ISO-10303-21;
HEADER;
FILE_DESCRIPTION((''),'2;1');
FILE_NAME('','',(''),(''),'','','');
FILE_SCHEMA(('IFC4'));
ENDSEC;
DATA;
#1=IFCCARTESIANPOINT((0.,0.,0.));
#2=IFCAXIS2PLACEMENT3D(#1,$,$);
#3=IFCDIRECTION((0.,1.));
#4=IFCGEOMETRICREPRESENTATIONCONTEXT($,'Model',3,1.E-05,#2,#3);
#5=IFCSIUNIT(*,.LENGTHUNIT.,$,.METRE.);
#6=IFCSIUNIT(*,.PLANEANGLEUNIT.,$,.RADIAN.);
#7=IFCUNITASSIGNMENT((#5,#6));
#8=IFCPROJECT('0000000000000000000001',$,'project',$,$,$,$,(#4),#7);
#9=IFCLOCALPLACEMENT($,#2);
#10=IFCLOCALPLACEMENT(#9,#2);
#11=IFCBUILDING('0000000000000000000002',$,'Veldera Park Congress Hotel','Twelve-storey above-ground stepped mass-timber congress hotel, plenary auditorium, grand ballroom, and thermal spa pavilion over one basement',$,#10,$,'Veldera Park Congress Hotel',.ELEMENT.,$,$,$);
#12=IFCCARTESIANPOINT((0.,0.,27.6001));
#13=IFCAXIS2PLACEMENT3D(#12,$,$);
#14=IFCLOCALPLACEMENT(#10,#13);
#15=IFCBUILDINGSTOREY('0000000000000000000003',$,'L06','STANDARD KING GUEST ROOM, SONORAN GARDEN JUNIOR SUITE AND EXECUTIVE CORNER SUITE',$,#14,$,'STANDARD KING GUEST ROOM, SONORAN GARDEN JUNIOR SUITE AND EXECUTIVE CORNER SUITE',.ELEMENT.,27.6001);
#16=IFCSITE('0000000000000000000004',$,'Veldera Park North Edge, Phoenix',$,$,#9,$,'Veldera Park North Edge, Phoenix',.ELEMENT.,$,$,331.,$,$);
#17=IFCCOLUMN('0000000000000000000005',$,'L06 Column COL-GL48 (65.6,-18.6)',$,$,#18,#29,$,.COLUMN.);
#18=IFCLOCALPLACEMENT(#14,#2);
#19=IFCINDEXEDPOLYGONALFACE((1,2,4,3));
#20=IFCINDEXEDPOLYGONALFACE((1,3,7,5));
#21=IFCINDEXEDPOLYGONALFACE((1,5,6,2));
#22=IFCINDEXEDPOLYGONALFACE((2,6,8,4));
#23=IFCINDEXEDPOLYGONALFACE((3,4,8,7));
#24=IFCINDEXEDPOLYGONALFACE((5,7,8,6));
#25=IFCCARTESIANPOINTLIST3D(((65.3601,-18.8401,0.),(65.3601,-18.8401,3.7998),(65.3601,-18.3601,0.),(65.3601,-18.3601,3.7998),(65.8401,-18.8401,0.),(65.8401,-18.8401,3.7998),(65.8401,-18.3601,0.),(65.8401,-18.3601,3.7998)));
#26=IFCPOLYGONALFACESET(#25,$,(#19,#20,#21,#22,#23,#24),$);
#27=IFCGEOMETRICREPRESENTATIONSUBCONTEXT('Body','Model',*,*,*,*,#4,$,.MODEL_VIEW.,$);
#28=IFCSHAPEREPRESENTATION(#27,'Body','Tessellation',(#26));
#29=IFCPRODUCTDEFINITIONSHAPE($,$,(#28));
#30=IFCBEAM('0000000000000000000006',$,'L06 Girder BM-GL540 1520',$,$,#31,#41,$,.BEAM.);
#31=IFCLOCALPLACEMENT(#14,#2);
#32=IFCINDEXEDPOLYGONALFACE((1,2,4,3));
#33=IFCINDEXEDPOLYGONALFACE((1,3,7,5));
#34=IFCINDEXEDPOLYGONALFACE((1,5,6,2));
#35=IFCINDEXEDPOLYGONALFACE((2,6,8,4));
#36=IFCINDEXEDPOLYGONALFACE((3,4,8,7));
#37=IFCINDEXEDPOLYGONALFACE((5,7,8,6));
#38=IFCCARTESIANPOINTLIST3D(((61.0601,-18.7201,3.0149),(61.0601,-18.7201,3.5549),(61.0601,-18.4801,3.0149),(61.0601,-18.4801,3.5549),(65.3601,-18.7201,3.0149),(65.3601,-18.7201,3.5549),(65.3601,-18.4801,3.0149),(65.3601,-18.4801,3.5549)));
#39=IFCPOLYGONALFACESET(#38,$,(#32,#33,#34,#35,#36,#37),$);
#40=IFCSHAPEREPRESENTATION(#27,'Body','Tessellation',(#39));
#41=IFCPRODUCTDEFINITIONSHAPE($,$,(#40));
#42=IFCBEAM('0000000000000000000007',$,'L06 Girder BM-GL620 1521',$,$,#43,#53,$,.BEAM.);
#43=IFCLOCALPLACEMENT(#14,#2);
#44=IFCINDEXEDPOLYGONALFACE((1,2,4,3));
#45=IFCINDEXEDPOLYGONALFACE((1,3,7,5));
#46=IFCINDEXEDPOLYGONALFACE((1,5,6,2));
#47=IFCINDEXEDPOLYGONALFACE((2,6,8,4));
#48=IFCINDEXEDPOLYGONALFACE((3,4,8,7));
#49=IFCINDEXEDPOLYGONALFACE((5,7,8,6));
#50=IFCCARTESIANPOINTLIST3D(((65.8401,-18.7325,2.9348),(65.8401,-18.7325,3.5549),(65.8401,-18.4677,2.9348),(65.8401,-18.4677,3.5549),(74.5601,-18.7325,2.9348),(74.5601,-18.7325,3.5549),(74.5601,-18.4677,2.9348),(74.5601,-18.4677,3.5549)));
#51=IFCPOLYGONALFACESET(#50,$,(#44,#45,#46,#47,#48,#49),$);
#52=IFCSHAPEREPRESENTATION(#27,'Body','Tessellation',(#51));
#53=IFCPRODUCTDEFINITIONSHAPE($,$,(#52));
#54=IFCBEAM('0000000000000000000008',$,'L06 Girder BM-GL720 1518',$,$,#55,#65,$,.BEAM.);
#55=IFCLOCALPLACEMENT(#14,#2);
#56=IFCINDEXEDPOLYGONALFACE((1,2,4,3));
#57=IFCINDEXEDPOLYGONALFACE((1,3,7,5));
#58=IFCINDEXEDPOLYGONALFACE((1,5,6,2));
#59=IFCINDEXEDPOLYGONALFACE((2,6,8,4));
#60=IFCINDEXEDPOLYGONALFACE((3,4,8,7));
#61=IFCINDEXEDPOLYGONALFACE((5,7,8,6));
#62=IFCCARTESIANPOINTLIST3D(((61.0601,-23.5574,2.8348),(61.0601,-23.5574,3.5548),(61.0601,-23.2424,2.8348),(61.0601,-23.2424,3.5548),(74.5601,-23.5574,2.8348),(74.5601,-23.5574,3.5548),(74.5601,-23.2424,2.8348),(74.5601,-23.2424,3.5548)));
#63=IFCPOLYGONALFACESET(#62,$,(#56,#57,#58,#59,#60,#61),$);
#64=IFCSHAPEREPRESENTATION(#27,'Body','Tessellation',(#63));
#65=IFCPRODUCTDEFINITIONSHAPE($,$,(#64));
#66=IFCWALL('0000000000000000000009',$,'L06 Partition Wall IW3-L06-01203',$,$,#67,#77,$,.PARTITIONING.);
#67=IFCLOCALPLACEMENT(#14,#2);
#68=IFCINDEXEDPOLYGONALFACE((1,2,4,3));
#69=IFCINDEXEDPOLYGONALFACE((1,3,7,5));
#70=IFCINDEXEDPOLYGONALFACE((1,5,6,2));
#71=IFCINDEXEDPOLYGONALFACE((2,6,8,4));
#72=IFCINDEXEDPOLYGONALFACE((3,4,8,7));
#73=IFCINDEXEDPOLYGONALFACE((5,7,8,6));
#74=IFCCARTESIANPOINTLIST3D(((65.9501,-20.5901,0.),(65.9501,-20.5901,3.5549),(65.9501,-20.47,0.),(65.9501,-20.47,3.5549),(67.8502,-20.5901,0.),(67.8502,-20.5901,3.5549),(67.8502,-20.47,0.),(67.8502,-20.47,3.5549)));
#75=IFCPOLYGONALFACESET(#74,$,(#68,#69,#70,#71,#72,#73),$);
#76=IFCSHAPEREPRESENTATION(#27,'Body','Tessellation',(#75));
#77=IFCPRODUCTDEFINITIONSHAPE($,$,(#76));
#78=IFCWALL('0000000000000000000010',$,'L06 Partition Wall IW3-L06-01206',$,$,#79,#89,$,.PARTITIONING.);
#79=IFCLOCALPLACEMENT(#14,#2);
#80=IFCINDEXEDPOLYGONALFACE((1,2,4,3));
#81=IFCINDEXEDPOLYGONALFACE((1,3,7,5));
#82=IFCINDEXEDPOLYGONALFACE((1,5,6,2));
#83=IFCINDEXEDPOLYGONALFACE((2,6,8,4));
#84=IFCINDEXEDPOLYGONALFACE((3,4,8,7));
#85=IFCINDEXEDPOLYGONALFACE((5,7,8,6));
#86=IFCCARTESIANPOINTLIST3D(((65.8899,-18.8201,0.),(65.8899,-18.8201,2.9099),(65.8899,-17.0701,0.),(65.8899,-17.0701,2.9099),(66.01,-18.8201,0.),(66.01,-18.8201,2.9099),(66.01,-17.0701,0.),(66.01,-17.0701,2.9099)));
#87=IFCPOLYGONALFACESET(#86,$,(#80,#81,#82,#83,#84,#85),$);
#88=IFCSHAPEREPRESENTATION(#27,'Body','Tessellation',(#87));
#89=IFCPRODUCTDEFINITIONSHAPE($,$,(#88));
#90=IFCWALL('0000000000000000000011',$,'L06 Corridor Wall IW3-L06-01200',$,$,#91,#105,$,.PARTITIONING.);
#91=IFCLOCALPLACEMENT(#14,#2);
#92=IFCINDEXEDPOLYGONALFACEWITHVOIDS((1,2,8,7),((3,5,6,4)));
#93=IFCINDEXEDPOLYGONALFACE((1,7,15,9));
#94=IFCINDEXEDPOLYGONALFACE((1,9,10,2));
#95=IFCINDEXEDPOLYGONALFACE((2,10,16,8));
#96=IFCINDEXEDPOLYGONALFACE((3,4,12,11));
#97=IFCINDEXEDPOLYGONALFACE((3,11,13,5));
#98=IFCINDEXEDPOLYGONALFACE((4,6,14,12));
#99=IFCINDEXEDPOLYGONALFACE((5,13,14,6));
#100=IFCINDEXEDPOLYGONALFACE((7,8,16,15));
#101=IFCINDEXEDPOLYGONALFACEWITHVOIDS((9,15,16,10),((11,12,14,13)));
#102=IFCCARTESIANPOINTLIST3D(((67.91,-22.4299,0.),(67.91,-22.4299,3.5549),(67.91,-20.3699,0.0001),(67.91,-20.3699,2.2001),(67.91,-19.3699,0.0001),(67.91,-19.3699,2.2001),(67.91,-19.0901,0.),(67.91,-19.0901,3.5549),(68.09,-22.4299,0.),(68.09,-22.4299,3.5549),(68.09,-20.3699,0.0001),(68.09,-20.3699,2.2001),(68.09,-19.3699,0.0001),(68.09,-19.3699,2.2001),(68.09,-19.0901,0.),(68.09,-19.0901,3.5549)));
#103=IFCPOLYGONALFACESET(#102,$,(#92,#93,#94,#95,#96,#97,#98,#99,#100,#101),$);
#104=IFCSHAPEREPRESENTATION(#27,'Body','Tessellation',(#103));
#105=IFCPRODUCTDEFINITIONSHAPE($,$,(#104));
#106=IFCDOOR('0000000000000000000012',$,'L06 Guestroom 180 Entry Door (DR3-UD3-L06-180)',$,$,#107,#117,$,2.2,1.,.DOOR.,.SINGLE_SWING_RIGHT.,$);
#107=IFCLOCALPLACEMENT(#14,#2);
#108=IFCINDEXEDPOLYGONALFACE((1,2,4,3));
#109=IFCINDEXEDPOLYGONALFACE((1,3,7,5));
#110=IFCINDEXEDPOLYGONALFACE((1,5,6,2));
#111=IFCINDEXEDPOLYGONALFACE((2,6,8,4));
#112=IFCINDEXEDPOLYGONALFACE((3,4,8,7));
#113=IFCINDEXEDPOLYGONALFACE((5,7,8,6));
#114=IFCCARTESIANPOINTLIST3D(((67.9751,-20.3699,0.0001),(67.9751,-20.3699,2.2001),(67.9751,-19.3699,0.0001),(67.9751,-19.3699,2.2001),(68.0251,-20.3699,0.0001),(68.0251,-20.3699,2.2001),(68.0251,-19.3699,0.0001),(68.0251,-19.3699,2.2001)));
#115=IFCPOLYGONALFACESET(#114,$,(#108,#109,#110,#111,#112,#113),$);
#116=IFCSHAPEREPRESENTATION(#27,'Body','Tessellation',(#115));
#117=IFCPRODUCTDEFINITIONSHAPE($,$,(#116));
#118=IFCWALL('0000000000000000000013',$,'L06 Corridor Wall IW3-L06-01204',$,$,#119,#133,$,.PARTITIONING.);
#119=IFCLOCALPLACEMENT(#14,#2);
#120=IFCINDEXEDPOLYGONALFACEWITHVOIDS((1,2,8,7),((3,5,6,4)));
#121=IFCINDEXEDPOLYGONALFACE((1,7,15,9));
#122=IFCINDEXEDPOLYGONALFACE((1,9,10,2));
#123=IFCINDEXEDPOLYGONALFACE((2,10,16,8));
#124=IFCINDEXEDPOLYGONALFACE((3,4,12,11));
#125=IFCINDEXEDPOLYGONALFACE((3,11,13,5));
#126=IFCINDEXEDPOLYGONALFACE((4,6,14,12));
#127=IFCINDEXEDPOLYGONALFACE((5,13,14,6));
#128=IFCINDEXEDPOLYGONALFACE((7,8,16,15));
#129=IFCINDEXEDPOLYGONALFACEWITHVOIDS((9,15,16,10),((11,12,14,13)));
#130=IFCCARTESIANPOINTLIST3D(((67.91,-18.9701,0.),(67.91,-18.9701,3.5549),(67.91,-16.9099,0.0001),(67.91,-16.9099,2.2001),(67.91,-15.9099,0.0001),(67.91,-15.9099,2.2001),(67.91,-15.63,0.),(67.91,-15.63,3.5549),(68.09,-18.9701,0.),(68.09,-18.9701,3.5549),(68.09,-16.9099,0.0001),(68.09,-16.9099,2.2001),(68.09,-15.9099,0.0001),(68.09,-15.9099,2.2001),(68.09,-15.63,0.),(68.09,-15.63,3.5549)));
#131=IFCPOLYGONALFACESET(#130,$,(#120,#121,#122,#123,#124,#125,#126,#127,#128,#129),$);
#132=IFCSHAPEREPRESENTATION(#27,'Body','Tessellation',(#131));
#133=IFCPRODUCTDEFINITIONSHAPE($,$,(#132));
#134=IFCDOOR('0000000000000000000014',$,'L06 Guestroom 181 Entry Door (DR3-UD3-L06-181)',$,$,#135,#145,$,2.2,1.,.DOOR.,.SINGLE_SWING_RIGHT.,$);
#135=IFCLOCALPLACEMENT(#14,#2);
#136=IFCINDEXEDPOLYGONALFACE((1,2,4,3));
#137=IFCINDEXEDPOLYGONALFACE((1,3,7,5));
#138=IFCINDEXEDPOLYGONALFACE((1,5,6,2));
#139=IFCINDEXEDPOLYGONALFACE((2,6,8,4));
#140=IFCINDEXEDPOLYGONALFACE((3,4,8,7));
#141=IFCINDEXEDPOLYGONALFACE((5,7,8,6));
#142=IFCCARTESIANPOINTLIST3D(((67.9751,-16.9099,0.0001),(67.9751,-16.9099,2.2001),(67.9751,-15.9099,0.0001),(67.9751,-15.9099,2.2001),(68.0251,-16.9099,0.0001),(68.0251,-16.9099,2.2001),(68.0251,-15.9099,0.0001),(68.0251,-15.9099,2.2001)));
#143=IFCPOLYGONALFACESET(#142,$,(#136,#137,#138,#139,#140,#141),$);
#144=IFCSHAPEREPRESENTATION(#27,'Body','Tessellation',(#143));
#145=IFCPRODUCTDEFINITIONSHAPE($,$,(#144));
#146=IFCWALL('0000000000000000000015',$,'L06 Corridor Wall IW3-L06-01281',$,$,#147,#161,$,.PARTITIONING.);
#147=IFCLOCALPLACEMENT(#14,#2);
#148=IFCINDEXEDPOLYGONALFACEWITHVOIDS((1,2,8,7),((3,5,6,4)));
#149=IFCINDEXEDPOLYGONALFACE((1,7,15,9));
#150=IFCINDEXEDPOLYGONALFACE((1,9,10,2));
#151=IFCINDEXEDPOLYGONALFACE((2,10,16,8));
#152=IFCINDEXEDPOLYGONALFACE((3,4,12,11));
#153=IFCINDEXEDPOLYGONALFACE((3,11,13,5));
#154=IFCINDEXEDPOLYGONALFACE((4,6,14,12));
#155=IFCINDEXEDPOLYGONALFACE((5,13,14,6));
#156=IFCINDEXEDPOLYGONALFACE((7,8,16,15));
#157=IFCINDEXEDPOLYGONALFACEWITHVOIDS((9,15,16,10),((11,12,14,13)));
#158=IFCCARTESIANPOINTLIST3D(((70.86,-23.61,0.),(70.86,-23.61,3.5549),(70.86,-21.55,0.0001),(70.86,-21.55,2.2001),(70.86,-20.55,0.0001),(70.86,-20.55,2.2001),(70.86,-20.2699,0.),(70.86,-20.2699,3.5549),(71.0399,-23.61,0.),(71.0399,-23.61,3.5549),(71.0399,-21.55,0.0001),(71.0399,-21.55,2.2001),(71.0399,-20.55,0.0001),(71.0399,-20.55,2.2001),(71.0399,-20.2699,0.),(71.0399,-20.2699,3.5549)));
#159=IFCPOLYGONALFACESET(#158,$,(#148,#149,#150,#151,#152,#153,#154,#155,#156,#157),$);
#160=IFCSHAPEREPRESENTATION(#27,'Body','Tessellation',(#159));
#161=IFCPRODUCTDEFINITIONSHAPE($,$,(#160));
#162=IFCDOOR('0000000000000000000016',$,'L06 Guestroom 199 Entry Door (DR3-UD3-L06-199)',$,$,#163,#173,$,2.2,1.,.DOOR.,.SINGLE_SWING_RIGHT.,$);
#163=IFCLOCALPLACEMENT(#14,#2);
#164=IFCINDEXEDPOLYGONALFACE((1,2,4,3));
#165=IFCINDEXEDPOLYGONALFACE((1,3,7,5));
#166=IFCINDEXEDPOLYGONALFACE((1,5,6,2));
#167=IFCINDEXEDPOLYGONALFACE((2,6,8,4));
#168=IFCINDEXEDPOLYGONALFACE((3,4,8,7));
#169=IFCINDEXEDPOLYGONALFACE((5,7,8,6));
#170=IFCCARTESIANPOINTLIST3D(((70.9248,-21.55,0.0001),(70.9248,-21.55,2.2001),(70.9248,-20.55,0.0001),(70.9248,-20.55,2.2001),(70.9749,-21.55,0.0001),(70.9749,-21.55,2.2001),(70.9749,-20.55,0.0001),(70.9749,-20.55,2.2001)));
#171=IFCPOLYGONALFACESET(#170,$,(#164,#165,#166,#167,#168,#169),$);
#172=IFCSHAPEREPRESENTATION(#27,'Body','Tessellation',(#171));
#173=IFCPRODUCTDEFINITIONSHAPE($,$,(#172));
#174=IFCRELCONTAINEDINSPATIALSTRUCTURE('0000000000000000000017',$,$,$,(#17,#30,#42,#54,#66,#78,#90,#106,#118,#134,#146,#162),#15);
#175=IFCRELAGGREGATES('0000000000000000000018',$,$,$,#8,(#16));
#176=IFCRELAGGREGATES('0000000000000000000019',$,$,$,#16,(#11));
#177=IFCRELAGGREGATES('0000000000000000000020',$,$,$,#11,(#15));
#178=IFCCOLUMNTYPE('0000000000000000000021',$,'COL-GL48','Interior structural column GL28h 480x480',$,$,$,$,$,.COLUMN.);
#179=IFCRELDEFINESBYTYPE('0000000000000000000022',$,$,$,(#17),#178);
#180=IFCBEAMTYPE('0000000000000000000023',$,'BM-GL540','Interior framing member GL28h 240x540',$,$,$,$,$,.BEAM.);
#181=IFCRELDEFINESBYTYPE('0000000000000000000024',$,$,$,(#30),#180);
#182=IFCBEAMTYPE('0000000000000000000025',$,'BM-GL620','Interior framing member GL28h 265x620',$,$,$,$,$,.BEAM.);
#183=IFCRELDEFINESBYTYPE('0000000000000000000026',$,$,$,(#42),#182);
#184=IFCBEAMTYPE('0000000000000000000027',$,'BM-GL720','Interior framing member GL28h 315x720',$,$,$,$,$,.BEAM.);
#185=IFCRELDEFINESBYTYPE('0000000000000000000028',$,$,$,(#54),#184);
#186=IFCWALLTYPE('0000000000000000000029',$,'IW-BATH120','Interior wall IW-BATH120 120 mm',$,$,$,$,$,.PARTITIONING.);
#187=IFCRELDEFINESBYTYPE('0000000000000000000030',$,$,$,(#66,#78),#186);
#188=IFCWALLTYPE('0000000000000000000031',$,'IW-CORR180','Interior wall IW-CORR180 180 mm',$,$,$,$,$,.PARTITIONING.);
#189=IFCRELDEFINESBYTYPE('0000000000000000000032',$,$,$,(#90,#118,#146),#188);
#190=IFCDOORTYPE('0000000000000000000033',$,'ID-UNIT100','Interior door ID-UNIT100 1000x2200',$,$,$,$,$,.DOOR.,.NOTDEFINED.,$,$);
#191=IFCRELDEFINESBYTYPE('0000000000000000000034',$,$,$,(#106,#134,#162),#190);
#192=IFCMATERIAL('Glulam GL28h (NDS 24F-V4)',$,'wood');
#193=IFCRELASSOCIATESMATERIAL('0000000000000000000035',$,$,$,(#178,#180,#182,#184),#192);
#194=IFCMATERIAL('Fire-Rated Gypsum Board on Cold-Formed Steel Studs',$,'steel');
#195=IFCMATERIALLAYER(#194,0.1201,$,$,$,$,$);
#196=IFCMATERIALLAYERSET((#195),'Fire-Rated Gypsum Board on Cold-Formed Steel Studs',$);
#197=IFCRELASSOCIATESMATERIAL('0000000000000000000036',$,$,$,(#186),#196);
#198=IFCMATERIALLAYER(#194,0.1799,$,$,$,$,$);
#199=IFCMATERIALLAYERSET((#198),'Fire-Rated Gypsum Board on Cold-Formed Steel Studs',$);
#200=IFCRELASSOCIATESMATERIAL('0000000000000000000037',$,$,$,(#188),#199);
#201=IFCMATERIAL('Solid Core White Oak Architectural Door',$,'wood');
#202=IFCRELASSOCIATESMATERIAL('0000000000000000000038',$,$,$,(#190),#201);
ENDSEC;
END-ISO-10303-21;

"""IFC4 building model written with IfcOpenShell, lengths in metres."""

from ifc_helpers import new_model, si_unit, direction, frame, frame_2d, origin, origin_2d, place, context, subcontext, project, spatial, rectangle, extrude, material, layer, layer_set, material_profile, profile_set, type_object, element, fill, save


model = new_model("IFC4")

# Units and contexts
model_context = context("Model", 3, precision=1e-05, world=origin(), true_north=direction((0.0, 1.0)))
body_context = subcontext(model_context, "Body", "Model", "MODEL_VIEW")
ifc_project = project(units=[si_unit("LENGTHUNIT", "METRE"), si_unit("PLANEANGLEUNIT", "RADIAN")], contexts=[model_context])

# Site, building, storey
site_placement = place(None, origin())
site = spatial("IfcSite", under=ifc_project, at=site_placement, Name="Veldera Park North Edge, Phoenix", LongName="Veldera Park North Edge, Phoenix", CompositionType="ELEMENT", RefElevation=331.0)
building_placement = place(site_placement, origin())
building = spatial("IfcBuilding", under=site, at=building_placement, Name="Veldera Park Congress Hotel", Description="Twelve-storey above-ground stepped mass-timber congress hotel, plenary auditorium, grand ballroom, and thermal spa pavilion over one basement", LongName="Veldera Park Congress Hotel", CompositionType="ELEMENT")
storey_placement = place(building_placement, frame((0.0, 0.0, 27.6001)))
storey = spatial("IfcBuildingStorey", under=building, at=storey_placement, Name="L06", Description="STANDARD KING GUEST ROOM, SONORAN GARDEN JUNIOR SUITE AND EXECUTIVE CORNER SUITE", LongName="STANDARD KING GUEST ROOM, SONORAN GARDEN JUNIOR SUITE AND EXECUTIVE CORNER SUITE", CompositionType="ELEMENT", Elevation=27.6001)

# Column
ifc_material_1 = material(Name="Glulam GL28h (NDS 24F-V4)", Category="wood")
ifc_material_profile_1 = material_profile(ifc_material_1, rectangle(XDim=0.48, YDim=0.48, at=origin_2d()), Name="GL28h 480x480")
ifc_profile_set_1 = profile_set([ifc_material_profile_1], Name="Glulam GL28h (NDS 24F-V4)")
column_type = type_object("IfcColumnType", Name="COL-GL48", Description="Interior structural column GL28h 480x480", PredefinedType="COLUMN", material=ifc_profile_set_1)
column_placement = place(storey_placement, frame((65.6001, -18.6001, 0.0), z_axis=(0.0, 0.0, 1.0), x_axis=(1.0, 0.0, 0.0)))
element("IfcColumn", 1, at=column_placement, inside=storey, type_object=column_type, Name="L06 Column COL-GL48 (65.6,-18.6)", PredefinedType="COLUMN", context=body_context, shape_type="SweptSolid", body=[
    extrude(rectangle(XDim=0.48, YDim=0.48, at=origin_2d()), origin(), (0.0, 0.0, 1.0), 3.7998),
])

# Beams
ifc_material_profile_2 = material_profile(ifc_material_1, rectangle(XDim=0.24, YDim=0.54, at=origin_2d()), Name="GL28h 240x540")
ifc_profile_set_2 = profile_set([ifc_material_profile_2], Name="Glulam GL28h (NDS 24F-V4)")
beam_type_1 = type_object("IfcBeamType", Name="BM-GL540", Description="Interior framing member GL28h 240x540", PredefinedType="BEAM", material=ifc_profile_set_2)
beam_1_placement = place(storey_placement, frame((61.0601, -18.6001, 3.2849), z_axis=(1.0, 0.0, 0.0), x_axis=(0.0, 1.0, 0.0)))
element("IfcBeam", 2, at=beam_1_placement, inside=storey, type_object=beam_type_1, Name="L06 Girder BM-GL540 1520", PredefinedType="BEAM", context=body_context, shape_type="SweptSolid", body=[
    extrude(rectangle(XDim=0.24, YDim=0.54, at=origin_2d()), origin(), (0.0, 0.0, 1.0), 4.3),
])
ifc_material_profile_3 = material_profile(ifc_material_1, rectangle(XDim=0.2649, YDim=0.6201, at=origin_2d()), Name="GL28h 265x620")
ifc_profile_set_3 = profile_set([ifc_material_profile_3], Name="Glulam GL28h (NDS 24F-V4)")
beam_type_2 = type_object("IfcBeamType", Name="BM-GL620", Description="Interior framing member GL28h 265x620", PredefinedType="BEAM", material=ifc_profile_set_3)
beam_2_placement = place(storey_placement, frame((65.8401, -18.6001, 3.2449), z_axis=(1.0, 0.0, 0.0), x_axis=(0.0, 1.0, 0.0)))
element("IfcBeam", 3, at=beam_2_placement, inside=storey, type_object=beam_type_2, Name="L06 Girder BM-GL620 1521", PredefinedType="BEAM", context=body_context, shape_type="SweptSolid", body=[
    extrude(rectangle(XDim=0.2649, YDim=0.6201, at=origin_2d()), origin(), (0.0, 0.0, 1.0), 8.72),
])
ifc_material_profile_4 = material_profile(ifc_material_1, rectangle(XDim=0.3149, YDim=0.72, at=origin_2d()), Name="GL28h 315x720")
ifc_profile_set_4 = profile_set([ifc_material_profile_4], Name="Glulam GL28h (NDS 24F-V4)")
beam_type_3 = type_object("IfcBeamType", Name="BM-GL720", Description="Interior framing member GL28h 315x720", PredefinedType="BEAM", material=ifc_profile_set_4)
beam_3_placement = place(storey_placement, frame((61.0601, -23.3999, 3.1948), z_axis=(1.0, 0.0, 0.0), x_axis=(0.0, 1.0, 0.0)))
element("IfcBeam", 4, at=beam_3_placement, inside=storey, type_object=beam_type_3, Name="L06 Girder BM-GL720 1518", PredefinedType="BEAM", context=body_context, shape_type="SweptSolid", body=[
    extrude(rectangle(XDim=0.3149, YDim=0.72, at=origin_2d()), origin(), (0.0, 0.0, 1.0), 13.5),
])

# Shared definitions
ifc_material_2 = material(Name="Fire-Rated Gypsum Board on Cold-Formed Steel Studs", Category="steel")
ifc_layer_1 = layer(ifc_material_2, 0.1201)
ifc_layer_set_1 = layer_set([ifc_layer_1], Name="Fire-Rated Gypsum Board on Cold-Formed Steel Studs")
wall_type_1 = type_object("IfcWallType", Name="IW-BATH120", Description="Interior wall IW-BATH120 120 mm", PredefinedType="PARTITIONING", material=ifc_layer_set_1)
ifc_material_3 = material(Name="Solid Core White Oak Architectural Door", Category="wood")

# Walls
wall_1_placement = place(storey_placement, frame((65.95, -20.53, 0.0), z_axis=(0.0, 0.0, 1.0), x_axis=(1.0, 0.0, 0.0)))
element("IfcWall", 5, at=wall_1_placement, inside=storey, type_object=wall_type_1, Name="L06 Partition Wall IW3-L06-01203", PredefinedType="PARTITIONING", context=body_context, shape_type="SweptSolid", body=[
    extrude(rectangle(XDim=1.9001, YDim=0.1201, at=frame_2d((0.9502, 0.0))), origin(), (0.0, 0.0, 1.0), 3.5549),
])
wall_2_placement = place(storey_placement, frame((65.95, -18.8201, 0.0), z_axis=(0.0, 0.0, 1.0), x_axis=(0.0, 1.0, 0.0)))
element("IfcWall", 6, at=wall_2_placement, inside=storey, type_object=wall_type_1, Name="L06 Partition Wall IW3-L06-01206", PredefinedType="PARTITIONING", context=body_context, shape_type="SweptSolid", body=[
    extrude(rectangle(XDim=1.75, YDim=0.1201, at=frame_2d((0.875, 0.0))), origin(), (0.0, 0.0, 1.0), 2.9099),
])

# Walls, openings, doors
ifc_layer_2 = layer(ifc_material_2, 0.1799)
ifc_layer_set_2 = layer_set([ifc_layer_2], Name="Fire-Rated Gypsum Board on Cold-Formed Steel Studs")
wall_type_2 = type_object("IfcWallType", Name="IW-CORR180", Description="Interior wall IW-CORR180 180 mm", PredefinedType="PARTITIONING", material=ifc_layer_set_2)
wall_3_placement = place(storey_placement, frame((68.0, -22.4299, 0.0), z_axis=(0.0, 0.0, 1.0), x_axis=(0.0, 1.0, 0.0)))
wall_3 = element("IfcWall", 7, at=wall_3_placement, inside=storey, type_object=wall_type_2, Name="L06 Corridor Wall IW3-L06-01200", PredefinedType="PARTITIONING", context=body_context, shape_type="SweptSolid", body=[
    extrude(rectangle(XDim=3.3398, YDim=0.1799, at=frame_2d((1.6699, 0.0))), origin(), (0.0, 0.0, 1.0), 3.5549),
])
opening_1_placement = place(wall_3_placement, frame((2.0601, 0.0, 0.0)))
opening_1 = element("IfcOpeningElement", 8, at=opening_1_placement, cuts=wall_3, PredefinedType="OPENING", context=body_context, shape_type="SweptSolid", body=[
    extrude(rectangle(XDim=1.0, YDim=2.2, at=frame_2d((0.5, 1.1001))), frame((0.0, 0.1021, 0.0), z_axis=(0.0, -1.0, 0.0), x_axis=(1.0, 0.0, 0.0)), (0.0, 0.0, 1.0), 0.2039),
])
door_type_1 = type_object("IfcDoorType", Name="ID-UNIT100", Description="Interior door ID-UNIT100 1000x2200", OperationType="NOTDEFINED", PredefinedType="DOOR", material=ifc_material_3)
door_1_placement = place(opening_1_placement, origin())
door_1 = element("IfcDoor", 9, at=door_1_placement, inside=storey, type_object=door_type_1, Name="L06 Guestroom 180 Entry Door (DR3-UD3-L06-180)", OperationType="SINGLE_SWING_RIGHT", OverallHeight=2.2, OverallWidth=1.0, PredefinedType="DOOR", context=body_context, shape_type="SweptSolid", body=[
    extrude(rectangle(XDim=1.0, YDim=2.2, at=frame_2d((0.5, 1.1001))), frame((0.0, 0.0249, 0.0), z_axis=(0.0, -1.0, 0.0), x_axis=(1.0, 0.0, 0.0)), (0.0, 0.0, 1.0), 0.05),
])
fill(opening_1, door_1)
wall_4_placement = place(storey_placement, frame((68.0, -18.97, 0.0), z_axis=(0.0, 0.0, 1.0), x_axis=(0.0, 1.0, 0.0)))
wall_4 = element("IfcWall", 10, at=wall_4_placement, inside=storey, type_object=wall_type_2, Name="L06 Corridor Wall IW3-L06-01204", PredefinedType="PARTITIONING", context=body_context, shape_type="SweptSolid", body=[
    extrude(rectangle(XDim=3.3401, YDim=0.1799, at=frame_2d((1.6699, 0.0))), origin(), (0.0, 0.0, 1.0), 3.5549),
])
opening_2_placement = place(wall_4_placement, frame((2.0601, 0.0, 0.0)))
opening_2 = element("IfcOpeningElement", 11, at=opening_2_placement, cuts=wall_4, PredefinedType="OPENING", context=body_context, shape_type="SweptSolid", body=[
    extrude(rectangle(XDim=1.0, YDim=2.2, at=frame_2d((0.5, 1.1001))), frame((0.0, 0.1021, 0.0), z_axis=(0.0, -1.0, 0.0), x_axis=(1.0, 0.0, 0.0)), (0.0, 0.0, 1.0), 0.2039),
])
door_2_placement = place(opening_2_placement, origin())
door_2 = element("IfcDoor", 12, at=door_2_placement, inside=storey, type_object=door_type_1, Name="L06 Guestroom 181 Entry Door (DR3-UD3-L06-181)", OperationType="SINGLE_SWING_RIGHT", OverallHeight=2.2, OverallWidth=1.0, PredefinedType="DOOR", context=body_context, shape_type="SweptSolid", body=[
    extrude(rectangle(XDim=1.0, YDim=2.2, at=frame_2d((0.5, 1.1001))), frame((0.0, 0.0249, 0.0), z_axis=(0.0, -1.0, 0.0), x_axis=(1.0, 0.0, 0.0)), (0.0, 0.0, 1.0), 0.05),
])
fill(opening_2, door_2)
wall_5_placement = place(storey_placement, frame((70.95, -20.27, 0.0), z_axis=(0.0, 0.0, 1.0), x_axis=(0.0, -1.0, 0.0)))
wall_5 = element("IfcWall", 13, at=wall_5_placement, inside=storey, type_object=wall_type_2, Name="L06 Corridor Wall IW3-L06-01281", PredefinedType="PARTITIONING", context=body_context, shape_type="SweptSolid", body=[
    extrude(rectangle(XDim=3.3401, YDim=0.1799, at=frame_2d((1.6699, 0.0))), origin(), (0.0, 0.0, 1.0), 3.5549),
])
opening_3_placement = place(wall_5_placement, frame((0.28, 0.0, 0.0)))
opening_3 = element("IfcOpeningElement", 14, at=opening_3_placement, cuts=wall_5, PredefinedType="OPENING", context=body_context, shape_type="SweptSolid", body=[
    extrude(rectangle(XDim=1.0, YDim=2.2, at=frame_2d((0.5, 1.1001))), frame((0.0, 0.1021, 0.0), z_axis=(0.0, -1.0, 0.0), x_axis=(1.0, 0.0, 0.0)), (0.0, 0.0, 1.0), 0.2039),
])
door_3_placement = place(opening_3_placement, origin())
door_3 = element("IfcDoor", 15, at=door_3_placement, inside=storey, type_object=door_type_1, Name="L06 Guestroom 199 Entry Door (DR3-UD3-L06-199)", OperationType="SINGLE_SWING_RIGHT", OverallHeight=2.2, OverallWidth=1.0, PredefinedType="DOOR", context=body_context, shape_type="SweptSolid", body=[
    extrude(rectangle(XDim=1.0, YDim=2.2, at=frame_2d((0.5, 1.1001))), frame((0.0, 0.0249, 0.0), z_axis=(0.0, -1.0, 0.0), x_axis=(1.0, 0.0, 0.0)), (0.0, 0.0, 1.0), 0.05),
])
fill(opening_3, door_3)

save(model, "model.ifc")
